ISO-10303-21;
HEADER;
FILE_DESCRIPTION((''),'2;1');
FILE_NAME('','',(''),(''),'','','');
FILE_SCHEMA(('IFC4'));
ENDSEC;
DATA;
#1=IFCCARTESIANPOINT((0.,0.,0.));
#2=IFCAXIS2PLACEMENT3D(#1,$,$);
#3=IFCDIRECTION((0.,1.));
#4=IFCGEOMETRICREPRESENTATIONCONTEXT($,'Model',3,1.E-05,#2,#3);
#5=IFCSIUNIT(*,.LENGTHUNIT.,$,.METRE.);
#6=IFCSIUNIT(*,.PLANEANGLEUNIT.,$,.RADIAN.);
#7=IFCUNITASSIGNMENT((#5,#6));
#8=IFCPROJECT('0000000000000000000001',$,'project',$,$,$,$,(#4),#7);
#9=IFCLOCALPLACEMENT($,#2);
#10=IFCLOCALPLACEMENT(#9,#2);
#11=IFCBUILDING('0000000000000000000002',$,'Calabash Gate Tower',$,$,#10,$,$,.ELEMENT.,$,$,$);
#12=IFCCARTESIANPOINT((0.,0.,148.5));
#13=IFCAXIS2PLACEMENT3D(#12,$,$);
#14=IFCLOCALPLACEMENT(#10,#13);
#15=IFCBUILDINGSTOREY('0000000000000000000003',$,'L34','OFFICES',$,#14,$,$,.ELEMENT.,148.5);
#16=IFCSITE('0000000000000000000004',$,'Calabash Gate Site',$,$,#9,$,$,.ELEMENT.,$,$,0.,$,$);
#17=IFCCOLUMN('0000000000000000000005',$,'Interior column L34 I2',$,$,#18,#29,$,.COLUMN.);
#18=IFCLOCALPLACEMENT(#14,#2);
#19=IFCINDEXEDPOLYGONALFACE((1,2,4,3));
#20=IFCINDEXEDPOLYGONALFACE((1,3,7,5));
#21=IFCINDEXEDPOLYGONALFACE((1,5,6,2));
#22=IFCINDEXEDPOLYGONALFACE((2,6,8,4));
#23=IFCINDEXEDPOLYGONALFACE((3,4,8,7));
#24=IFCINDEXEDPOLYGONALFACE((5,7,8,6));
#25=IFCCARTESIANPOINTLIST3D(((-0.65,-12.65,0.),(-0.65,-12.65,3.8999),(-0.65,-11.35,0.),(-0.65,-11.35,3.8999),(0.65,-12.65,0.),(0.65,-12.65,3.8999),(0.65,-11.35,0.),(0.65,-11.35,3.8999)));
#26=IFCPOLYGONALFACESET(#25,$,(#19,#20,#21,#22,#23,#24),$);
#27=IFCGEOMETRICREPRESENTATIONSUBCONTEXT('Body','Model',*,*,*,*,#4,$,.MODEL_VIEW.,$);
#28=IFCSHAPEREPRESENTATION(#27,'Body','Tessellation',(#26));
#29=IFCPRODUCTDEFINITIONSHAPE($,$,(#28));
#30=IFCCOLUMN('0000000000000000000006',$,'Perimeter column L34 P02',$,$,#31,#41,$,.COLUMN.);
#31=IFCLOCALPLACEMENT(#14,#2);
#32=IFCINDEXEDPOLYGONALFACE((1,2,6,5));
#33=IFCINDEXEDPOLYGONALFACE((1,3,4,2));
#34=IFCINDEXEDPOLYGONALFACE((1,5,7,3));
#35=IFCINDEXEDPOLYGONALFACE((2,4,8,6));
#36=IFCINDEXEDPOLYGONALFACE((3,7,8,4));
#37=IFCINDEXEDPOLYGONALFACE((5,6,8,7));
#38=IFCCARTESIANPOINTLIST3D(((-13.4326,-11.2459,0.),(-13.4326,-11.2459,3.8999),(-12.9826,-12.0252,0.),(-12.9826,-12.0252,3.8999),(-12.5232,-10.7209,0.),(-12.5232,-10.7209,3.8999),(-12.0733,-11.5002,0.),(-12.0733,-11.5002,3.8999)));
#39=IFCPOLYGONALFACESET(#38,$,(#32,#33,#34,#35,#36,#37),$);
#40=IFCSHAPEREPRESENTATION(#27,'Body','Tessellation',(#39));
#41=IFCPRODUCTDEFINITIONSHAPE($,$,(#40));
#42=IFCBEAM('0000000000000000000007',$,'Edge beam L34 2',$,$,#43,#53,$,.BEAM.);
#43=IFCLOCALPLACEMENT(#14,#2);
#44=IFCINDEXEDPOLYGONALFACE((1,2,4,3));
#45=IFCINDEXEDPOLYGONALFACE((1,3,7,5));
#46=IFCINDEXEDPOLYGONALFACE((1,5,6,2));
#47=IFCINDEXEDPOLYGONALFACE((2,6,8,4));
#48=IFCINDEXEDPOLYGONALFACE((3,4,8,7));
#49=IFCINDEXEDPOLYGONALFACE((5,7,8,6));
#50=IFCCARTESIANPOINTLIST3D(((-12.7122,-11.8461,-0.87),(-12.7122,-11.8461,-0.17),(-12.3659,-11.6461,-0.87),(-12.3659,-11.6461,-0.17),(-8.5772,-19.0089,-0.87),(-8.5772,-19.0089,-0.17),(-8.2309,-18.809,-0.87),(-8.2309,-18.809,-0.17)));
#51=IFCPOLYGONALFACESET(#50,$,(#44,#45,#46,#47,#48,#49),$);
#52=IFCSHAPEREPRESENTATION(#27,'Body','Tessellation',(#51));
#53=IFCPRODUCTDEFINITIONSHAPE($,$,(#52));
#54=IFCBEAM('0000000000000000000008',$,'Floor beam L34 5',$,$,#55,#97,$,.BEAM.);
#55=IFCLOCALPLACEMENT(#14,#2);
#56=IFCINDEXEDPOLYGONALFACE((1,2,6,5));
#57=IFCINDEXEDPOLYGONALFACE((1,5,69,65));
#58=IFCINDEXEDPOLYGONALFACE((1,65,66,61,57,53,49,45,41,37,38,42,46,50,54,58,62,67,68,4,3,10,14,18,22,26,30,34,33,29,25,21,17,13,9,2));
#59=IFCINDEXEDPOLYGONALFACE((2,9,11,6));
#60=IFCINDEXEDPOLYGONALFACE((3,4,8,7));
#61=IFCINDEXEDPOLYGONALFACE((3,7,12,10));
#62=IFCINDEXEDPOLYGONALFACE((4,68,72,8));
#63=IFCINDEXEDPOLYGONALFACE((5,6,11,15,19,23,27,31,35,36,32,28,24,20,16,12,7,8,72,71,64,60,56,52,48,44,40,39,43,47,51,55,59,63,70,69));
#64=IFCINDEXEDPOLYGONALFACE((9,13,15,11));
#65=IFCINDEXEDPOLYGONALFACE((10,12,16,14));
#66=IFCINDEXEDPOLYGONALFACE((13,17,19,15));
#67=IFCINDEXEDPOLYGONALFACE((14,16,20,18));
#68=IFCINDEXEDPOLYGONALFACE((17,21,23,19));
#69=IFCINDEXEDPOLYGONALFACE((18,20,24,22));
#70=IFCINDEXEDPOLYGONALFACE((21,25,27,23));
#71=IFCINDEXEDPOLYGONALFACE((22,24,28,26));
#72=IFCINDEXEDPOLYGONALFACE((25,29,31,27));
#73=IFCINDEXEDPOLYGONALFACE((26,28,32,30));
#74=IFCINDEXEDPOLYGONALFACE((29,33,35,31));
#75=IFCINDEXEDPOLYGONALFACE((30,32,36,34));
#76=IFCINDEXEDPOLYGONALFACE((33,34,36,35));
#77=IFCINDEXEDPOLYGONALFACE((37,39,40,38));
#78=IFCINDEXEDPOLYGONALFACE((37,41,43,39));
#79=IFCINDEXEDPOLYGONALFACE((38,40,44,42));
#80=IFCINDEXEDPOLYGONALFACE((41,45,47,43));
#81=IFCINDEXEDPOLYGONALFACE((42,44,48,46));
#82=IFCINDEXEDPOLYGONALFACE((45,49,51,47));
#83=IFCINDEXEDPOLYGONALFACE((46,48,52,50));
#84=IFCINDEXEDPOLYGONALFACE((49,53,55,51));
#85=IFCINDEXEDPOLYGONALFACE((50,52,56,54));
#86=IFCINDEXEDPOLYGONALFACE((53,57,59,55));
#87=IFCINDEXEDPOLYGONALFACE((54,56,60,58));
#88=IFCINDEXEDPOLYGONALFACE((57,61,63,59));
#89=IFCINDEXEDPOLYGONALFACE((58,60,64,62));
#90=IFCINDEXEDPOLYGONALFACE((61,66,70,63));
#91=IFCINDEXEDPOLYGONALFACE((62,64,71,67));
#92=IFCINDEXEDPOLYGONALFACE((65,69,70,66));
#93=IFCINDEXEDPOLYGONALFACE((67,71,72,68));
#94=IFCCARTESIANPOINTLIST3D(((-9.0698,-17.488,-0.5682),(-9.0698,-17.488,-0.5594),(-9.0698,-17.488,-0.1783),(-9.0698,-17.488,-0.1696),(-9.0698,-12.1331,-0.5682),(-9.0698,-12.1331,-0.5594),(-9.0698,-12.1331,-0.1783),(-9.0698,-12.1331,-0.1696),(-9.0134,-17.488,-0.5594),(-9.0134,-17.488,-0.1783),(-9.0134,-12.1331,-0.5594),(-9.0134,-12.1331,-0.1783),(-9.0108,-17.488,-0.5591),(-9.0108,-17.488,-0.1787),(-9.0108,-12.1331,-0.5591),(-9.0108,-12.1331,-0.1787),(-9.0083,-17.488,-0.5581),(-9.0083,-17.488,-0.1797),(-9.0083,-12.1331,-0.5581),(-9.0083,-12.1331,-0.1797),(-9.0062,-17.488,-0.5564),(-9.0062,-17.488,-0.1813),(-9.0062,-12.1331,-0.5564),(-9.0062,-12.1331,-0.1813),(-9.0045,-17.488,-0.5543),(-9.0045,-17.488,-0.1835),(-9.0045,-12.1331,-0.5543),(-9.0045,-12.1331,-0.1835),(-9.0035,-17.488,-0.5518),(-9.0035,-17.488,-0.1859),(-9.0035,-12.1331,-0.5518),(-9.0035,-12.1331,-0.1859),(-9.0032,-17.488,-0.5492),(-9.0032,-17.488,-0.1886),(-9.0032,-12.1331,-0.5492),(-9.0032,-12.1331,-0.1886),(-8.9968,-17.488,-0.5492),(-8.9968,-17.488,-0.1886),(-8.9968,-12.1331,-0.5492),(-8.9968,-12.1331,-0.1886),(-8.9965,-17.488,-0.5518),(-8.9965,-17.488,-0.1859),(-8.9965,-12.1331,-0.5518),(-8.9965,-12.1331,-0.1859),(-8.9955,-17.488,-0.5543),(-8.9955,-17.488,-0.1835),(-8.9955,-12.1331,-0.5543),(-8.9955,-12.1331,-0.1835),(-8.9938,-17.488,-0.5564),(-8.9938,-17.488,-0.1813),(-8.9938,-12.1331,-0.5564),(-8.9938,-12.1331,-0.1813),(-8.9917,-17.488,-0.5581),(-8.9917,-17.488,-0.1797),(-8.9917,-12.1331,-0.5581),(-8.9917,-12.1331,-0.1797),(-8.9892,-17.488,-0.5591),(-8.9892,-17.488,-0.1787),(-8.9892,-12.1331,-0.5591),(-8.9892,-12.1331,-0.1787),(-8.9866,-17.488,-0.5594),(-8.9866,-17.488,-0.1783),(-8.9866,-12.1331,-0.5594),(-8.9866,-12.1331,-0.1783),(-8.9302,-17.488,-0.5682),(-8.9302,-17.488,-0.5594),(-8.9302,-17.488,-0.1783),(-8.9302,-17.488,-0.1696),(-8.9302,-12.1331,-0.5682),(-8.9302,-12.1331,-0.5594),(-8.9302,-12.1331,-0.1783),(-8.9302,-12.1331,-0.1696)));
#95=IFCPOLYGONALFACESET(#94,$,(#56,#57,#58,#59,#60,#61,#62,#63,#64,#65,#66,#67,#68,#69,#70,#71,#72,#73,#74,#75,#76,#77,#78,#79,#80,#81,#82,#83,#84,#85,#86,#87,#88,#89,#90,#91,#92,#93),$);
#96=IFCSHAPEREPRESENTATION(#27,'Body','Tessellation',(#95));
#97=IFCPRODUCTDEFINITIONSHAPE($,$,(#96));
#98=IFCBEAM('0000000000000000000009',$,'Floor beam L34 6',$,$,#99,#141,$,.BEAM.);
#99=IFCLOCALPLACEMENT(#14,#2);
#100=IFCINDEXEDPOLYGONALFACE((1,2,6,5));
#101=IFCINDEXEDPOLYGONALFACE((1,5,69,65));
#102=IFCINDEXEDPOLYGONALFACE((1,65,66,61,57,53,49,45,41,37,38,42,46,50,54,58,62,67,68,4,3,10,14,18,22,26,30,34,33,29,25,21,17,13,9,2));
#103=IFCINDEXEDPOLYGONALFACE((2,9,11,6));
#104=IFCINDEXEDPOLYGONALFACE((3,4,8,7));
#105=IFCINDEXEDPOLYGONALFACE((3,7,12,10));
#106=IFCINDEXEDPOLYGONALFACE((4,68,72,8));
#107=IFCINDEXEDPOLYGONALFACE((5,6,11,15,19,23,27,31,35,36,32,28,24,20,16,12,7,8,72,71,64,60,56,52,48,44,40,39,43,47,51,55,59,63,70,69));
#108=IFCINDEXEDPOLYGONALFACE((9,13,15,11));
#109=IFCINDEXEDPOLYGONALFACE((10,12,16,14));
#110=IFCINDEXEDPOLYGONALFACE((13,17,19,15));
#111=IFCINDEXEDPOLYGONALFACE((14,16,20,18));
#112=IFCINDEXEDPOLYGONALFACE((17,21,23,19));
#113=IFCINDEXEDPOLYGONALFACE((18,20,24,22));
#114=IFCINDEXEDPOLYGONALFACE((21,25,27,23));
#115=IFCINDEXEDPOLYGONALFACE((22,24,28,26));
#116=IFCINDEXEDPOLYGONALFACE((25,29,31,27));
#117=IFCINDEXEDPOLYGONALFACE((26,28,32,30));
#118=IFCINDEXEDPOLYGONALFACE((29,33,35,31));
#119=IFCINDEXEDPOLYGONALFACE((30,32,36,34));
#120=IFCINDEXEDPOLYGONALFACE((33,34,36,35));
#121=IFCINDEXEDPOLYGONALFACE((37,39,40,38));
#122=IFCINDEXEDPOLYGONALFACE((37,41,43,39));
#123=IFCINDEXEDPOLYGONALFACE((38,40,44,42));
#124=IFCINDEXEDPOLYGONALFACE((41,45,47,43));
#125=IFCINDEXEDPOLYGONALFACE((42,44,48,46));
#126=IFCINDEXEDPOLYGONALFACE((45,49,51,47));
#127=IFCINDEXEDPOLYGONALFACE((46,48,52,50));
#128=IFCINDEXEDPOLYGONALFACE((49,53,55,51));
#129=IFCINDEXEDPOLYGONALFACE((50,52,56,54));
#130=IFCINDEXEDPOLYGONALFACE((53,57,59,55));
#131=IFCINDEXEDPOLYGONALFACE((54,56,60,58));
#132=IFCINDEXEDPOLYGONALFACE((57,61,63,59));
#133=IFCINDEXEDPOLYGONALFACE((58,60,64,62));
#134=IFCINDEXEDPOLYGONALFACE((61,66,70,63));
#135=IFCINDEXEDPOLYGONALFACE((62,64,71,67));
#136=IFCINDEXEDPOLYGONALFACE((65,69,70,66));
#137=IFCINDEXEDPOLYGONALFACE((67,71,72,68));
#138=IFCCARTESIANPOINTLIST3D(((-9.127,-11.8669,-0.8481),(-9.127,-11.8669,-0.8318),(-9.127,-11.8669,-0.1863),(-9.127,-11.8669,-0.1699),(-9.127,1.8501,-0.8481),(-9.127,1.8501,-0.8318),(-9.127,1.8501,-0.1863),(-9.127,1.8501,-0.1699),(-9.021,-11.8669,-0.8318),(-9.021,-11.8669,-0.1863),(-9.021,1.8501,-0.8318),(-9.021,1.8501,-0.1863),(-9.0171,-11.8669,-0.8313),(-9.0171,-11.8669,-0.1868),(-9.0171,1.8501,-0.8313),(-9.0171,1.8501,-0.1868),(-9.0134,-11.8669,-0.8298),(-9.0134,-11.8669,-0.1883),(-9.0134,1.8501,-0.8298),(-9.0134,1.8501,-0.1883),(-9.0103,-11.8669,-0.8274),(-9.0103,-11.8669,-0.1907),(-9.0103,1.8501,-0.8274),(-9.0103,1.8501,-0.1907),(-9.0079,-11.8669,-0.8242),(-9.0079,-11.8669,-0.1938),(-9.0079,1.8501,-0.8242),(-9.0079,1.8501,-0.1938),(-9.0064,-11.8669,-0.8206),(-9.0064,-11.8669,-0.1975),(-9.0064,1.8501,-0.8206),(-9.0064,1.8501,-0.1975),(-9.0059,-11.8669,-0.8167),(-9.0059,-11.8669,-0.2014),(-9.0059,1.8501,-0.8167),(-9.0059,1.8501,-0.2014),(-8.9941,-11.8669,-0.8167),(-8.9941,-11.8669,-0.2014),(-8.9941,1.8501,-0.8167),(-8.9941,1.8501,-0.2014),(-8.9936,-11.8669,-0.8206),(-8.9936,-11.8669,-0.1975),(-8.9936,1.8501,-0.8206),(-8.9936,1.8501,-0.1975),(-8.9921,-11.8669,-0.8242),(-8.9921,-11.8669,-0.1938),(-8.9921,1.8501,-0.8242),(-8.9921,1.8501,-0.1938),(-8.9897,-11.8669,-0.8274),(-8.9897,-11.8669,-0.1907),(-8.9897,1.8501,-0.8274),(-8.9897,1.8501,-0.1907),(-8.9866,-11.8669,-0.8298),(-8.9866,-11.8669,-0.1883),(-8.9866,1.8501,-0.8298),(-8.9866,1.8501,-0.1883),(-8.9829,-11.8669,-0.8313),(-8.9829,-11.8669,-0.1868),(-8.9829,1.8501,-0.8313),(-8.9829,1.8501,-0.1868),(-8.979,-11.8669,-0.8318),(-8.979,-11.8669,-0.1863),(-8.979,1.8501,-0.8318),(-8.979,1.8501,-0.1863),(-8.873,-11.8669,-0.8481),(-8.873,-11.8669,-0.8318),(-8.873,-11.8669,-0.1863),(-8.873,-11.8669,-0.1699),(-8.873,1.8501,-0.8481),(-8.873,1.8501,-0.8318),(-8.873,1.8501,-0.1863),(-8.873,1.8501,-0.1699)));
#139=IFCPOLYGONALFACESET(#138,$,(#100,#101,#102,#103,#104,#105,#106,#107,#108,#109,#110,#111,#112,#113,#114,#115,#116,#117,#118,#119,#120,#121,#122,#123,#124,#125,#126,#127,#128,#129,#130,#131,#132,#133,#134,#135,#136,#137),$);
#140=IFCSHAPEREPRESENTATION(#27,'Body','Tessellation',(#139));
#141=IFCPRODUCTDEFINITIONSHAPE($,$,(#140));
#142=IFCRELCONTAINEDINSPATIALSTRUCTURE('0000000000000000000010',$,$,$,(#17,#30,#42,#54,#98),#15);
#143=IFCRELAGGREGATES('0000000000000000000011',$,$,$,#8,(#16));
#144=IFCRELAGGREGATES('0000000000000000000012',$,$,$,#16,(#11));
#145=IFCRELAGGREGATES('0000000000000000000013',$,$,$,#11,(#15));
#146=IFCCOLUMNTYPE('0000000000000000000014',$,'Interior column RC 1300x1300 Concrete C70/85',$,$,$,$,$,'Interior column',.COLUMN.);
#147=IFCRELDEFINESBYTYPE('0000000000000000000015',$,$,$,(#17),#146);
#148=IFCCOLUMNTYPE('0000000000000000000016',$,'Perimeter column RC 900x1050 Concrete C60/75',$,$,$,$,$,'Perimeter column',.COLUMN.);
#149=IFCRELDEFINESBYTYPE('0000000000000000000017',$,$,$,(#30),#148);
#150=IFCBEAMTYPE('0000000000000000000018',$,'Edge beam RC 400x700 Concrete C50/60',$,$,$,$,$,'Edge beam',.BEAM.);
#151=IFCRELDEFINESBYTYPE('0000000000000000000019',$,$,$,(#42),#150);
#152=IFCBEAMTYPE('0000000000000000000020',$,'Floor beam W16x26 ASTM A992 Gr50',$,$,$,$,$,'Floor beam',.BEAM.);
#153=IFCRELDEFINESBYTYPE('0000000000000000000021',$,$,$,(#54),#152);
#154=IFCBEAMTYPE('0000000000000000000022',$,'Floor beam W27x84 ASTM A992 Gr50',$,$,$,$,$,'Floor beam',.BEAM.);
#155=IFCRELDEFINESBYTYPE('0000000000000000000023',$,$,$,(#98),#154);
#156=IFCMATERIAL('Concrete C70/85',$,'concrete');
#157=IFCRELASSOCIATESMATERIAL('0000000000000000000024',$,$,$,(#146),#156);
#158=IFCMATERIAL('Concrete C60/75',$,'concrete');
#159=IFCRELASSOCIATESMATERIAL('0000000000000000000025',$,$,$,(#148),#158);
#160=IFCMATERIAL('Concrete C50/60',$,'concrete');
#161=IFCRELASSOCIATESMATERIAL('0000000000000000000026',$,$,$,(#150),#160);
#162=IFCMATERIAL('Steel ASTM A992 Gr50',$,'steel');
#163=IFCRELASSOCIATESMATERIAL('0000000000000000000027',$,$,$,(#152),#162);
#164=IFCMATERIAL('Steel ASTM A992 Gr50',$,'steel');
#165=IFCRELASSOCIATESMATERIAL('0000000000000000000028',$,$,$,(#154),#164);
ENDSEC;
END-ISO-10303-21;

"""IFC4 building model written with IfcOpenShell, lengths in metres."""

from ifc_helpers import new_model, si_unit, direction, frame, origin, origin_2d, place, context, subcontext, project, spatial, rectangle, i_section, extrude, material, material_profile, profile_set, type_object, element, save


model = new_model("IFC4")

# Units and contexts
model_context = context("Model", 3, precision=1e-05, world=origin(), true_north=direction((0.0, 1.0)))
body_context = subcontext(model_context, "Body", "Model", "MODEL_VIEW")
ifc_project = project(units=[si_unit("LENGTHUNIT", "METRE"), si_unit("PLANEANGLEUNIT", "RADIAN")], contexts=[model_context])

# Site, building, storey
site_placement = place(None, origin())
site = spatial("IfcSite", under=ifc_project, at=site_placement, Name="Calabash Gate Site", CompositionType="ELEMENT", RefElevation=0.0)
building_placement = place(site_placement, origin())
building = spatial("IfcBuilding", under=site, at=building_placement, Name="Calabash Gate Tower", CompositionType="ELEMENT")
storey_placement = place(building_placement, frame((0.0, 0.0, 148.5)))
storey = spatial("IfcBuildingStorey", under=building, at=storey_placement, Name="L34", Description="OFFICES", CompositionType="ELEMENT", Elevation=148.5)

# Columns
ifc_material_1 = material(Name="Concrete C70/85", Category="concrete")
ifc_material_profile_1 = material_profile(ifc_material_1, rectangle(XDim=1.3, YDim=1.3, at=origin_2d()))
ifc_profile_set_1 = profile_set([ifc_material_profile_1], Name="Concrete C70/85")
column_type_1 = type_object("IfcColumnType", Name="Interior column RC 1300x1300 Concrete C70/85", ElementType="Interior column", PredefinedType="COLUMN", material=ifc_profile_set_1)
column_1_placement = place(storey_placement, frame((0.0, -12.0, 0.0), z_axis=(0.0, 0.0, 1.0), x_axis=(1.0, 0.0, 0.0)))
element("IfcColumn", 1, at=column_1_placement, inside=storey, type_object=column_type_1, Name="Interior column L34 I2", PredefinedType="COLUMN", context=body_context, shape_type="SweptSolid", body=[
    extrude(rectangle(XDim=1.3, YDim=1.3, at=origin_2d()), origin(), (0.0, 0.0, 1.0), 3.8999),
])
ifc_material_2 = material(Name="Concrete C60/75", Category="concrete")
ifc_material_profile_2 = material_profile(ifc_material_2, rectangle(XDim=0.8999, YDim=1.05, at=origin_2d()))
ifc_profile_set_2 = profile_set([ifc_material_profile_2], Name="Concrete C60/75")
column_type_2 = type_object("IfcColumnType", Name="Perimeter column RC 900x1050 Concrete C60/75", ElementType="Perimeter column", PredefinedType="COLUMN", material=ifc_profile_set_2)
column_2_placement = place(storey_placement, frame((-12.7529, -11.373, 0.0), z_axis=(0.0, 0.0, 1.0), x_axis=(0.5, -0.866025, 0.0)))
element("IfcColumn", 2, at=column_2_placement, inside=storey, type_object=column_type_2, Name="Perimeter column L34 P02", PredefinedType="COLUMN", context=body_context, shape_type="SweptSolid", body=[
    extrude(rectangle(XDim=0.8999, YDim=1.05, at=origin_2d()), origin(), (0.0, 0.0, 1.0), 3.8999),
])

# Beams
ifc_material_3 = material(Name="Concrete C50/60", Category="concrete")
ifc_material_profile_3 = material_profile(ifc_material_3, rectangle(XDim=0.3999, YDim=0.7, at=origin_2d()))
ifc_profile_set_3 = profile_set([ifc_material_profile_3], Name="Concrete C50/60")
beam_type_1 = type_object("IfcBeamType", Name="Edge beam RC 400x700 Concrete C50/60", ElementType="Edge beam", PredefinedType="BEAM", material=ifc_profile_set_3)
beam_1_placement = place(storey_placement, frame((-12.5391, -11.7461, -0.52), z_axis=(0.499958, -0.866049, 0.0), x_axis=(0.866049, 0.499958, 0.0)))
element("IfcBeam", 3, at=beam_1_placement, inside=storey, type_object=beam_type_1, Name="Edge beam L34 2", PredefinedType="BEAM", context=body_context, shape_type="SweptSolid", body=[
    extrude(rectangle(XDim=0.3999, YDim=0.7, at=origin_2d()), origin(), (0.0, 0.0, 1.0), 8.2708),
])
ifc_material_4 = material(Name="Steel ASTM A992 Gr50", Category="steel")
ifc_material_profile_4 = material_profile(ifc_material_4, i_section(OverallWidth=0.1396, OverallDepth=0.3987, WebThickness=0.0063, FlangeThickness=0.0088, FilletRadius=0.0103, at=origin_2d()))
ifc_profile_set_4 = profile_set([ifc_material_profile_4], Name="Steel ASTM A992 Gr50")
beam_type_2 = type_object("IfcBeamType", Name="Floor beam W16x26 ASTM A992 Gr50", ElementType="Floor beam", PredefinedType="BEAM", material=ifc_profile_set_4)
beam_2_placement = place(storey_placement, frame((-9.0, -17.488, -0.3689), z_axis=(0.0, 1.0, 0.0), x_axis=(-1.0, 0.0, 0.0)))
element("IfcBeam", 4, at=beam_2_placement, inside=storey, type_object=beam_type_2, Name="Floor beam L34 5", PredefinedType="BEAM", context=body_context, shape_type="SweptSolid", body=[
    extrude(i_section(OverallWidth=0.1396, OverallDepth=0.3987, WebThickness=0.0063, FlangeThickness=0.0088, FilletRadius=0.0103, at=origin_2d()), origin(), (0.0, 0.0, 1.0), 5.355),
])
ifc_material_5 = material(Name="Steel ASTM A992 Gr50", Category="steel")
ifc_material_profile_5 = material_profile(ifc_material_5, i_section(OverallWidth=0.2539, OverallDepth=0.6782, WebThickness=0.0117, FlangeThickness=0.0164, FilletRadius=0.0151, at=origin_2d()))
ifc_profile_set_5 = profile_set([ifc_material_profile_5], Name="Steel ASTM A992 Gr50")
beam_type_3 = type_object("IfcBeamType", Name="Floor beam W27x84 ASTM A992 Gr50", ElementType="Floor beam", PredefinedType="BEAM", material=ifc_profile_set_5)
beam_3_placement = place(storey_placement, frame((-9.0, -11.8669, -0.509), z_axis=(0.0, 1.0, 0.0), x_axis=(-1.0, 0.0, 0.0)))
element("IfcBeam", 5, at=beam_3_placement, inside=storey, type_object=beam_type_3, Name="Floor beam L34 6", PredefinedType="BEAM", context=body_context, shape_type="SweptSolid", body=[
    extrude(i_section(OverallWidth=0.2539, OverallDepth=0.6782, WebThickness=0.0117, FlangeThickness=0.0164, FilletRadius=0.0151, at=origin_2d()), origin(), (0.0, 0.0, 1.0), 13.717),
])

save(model, "model.ifc")
